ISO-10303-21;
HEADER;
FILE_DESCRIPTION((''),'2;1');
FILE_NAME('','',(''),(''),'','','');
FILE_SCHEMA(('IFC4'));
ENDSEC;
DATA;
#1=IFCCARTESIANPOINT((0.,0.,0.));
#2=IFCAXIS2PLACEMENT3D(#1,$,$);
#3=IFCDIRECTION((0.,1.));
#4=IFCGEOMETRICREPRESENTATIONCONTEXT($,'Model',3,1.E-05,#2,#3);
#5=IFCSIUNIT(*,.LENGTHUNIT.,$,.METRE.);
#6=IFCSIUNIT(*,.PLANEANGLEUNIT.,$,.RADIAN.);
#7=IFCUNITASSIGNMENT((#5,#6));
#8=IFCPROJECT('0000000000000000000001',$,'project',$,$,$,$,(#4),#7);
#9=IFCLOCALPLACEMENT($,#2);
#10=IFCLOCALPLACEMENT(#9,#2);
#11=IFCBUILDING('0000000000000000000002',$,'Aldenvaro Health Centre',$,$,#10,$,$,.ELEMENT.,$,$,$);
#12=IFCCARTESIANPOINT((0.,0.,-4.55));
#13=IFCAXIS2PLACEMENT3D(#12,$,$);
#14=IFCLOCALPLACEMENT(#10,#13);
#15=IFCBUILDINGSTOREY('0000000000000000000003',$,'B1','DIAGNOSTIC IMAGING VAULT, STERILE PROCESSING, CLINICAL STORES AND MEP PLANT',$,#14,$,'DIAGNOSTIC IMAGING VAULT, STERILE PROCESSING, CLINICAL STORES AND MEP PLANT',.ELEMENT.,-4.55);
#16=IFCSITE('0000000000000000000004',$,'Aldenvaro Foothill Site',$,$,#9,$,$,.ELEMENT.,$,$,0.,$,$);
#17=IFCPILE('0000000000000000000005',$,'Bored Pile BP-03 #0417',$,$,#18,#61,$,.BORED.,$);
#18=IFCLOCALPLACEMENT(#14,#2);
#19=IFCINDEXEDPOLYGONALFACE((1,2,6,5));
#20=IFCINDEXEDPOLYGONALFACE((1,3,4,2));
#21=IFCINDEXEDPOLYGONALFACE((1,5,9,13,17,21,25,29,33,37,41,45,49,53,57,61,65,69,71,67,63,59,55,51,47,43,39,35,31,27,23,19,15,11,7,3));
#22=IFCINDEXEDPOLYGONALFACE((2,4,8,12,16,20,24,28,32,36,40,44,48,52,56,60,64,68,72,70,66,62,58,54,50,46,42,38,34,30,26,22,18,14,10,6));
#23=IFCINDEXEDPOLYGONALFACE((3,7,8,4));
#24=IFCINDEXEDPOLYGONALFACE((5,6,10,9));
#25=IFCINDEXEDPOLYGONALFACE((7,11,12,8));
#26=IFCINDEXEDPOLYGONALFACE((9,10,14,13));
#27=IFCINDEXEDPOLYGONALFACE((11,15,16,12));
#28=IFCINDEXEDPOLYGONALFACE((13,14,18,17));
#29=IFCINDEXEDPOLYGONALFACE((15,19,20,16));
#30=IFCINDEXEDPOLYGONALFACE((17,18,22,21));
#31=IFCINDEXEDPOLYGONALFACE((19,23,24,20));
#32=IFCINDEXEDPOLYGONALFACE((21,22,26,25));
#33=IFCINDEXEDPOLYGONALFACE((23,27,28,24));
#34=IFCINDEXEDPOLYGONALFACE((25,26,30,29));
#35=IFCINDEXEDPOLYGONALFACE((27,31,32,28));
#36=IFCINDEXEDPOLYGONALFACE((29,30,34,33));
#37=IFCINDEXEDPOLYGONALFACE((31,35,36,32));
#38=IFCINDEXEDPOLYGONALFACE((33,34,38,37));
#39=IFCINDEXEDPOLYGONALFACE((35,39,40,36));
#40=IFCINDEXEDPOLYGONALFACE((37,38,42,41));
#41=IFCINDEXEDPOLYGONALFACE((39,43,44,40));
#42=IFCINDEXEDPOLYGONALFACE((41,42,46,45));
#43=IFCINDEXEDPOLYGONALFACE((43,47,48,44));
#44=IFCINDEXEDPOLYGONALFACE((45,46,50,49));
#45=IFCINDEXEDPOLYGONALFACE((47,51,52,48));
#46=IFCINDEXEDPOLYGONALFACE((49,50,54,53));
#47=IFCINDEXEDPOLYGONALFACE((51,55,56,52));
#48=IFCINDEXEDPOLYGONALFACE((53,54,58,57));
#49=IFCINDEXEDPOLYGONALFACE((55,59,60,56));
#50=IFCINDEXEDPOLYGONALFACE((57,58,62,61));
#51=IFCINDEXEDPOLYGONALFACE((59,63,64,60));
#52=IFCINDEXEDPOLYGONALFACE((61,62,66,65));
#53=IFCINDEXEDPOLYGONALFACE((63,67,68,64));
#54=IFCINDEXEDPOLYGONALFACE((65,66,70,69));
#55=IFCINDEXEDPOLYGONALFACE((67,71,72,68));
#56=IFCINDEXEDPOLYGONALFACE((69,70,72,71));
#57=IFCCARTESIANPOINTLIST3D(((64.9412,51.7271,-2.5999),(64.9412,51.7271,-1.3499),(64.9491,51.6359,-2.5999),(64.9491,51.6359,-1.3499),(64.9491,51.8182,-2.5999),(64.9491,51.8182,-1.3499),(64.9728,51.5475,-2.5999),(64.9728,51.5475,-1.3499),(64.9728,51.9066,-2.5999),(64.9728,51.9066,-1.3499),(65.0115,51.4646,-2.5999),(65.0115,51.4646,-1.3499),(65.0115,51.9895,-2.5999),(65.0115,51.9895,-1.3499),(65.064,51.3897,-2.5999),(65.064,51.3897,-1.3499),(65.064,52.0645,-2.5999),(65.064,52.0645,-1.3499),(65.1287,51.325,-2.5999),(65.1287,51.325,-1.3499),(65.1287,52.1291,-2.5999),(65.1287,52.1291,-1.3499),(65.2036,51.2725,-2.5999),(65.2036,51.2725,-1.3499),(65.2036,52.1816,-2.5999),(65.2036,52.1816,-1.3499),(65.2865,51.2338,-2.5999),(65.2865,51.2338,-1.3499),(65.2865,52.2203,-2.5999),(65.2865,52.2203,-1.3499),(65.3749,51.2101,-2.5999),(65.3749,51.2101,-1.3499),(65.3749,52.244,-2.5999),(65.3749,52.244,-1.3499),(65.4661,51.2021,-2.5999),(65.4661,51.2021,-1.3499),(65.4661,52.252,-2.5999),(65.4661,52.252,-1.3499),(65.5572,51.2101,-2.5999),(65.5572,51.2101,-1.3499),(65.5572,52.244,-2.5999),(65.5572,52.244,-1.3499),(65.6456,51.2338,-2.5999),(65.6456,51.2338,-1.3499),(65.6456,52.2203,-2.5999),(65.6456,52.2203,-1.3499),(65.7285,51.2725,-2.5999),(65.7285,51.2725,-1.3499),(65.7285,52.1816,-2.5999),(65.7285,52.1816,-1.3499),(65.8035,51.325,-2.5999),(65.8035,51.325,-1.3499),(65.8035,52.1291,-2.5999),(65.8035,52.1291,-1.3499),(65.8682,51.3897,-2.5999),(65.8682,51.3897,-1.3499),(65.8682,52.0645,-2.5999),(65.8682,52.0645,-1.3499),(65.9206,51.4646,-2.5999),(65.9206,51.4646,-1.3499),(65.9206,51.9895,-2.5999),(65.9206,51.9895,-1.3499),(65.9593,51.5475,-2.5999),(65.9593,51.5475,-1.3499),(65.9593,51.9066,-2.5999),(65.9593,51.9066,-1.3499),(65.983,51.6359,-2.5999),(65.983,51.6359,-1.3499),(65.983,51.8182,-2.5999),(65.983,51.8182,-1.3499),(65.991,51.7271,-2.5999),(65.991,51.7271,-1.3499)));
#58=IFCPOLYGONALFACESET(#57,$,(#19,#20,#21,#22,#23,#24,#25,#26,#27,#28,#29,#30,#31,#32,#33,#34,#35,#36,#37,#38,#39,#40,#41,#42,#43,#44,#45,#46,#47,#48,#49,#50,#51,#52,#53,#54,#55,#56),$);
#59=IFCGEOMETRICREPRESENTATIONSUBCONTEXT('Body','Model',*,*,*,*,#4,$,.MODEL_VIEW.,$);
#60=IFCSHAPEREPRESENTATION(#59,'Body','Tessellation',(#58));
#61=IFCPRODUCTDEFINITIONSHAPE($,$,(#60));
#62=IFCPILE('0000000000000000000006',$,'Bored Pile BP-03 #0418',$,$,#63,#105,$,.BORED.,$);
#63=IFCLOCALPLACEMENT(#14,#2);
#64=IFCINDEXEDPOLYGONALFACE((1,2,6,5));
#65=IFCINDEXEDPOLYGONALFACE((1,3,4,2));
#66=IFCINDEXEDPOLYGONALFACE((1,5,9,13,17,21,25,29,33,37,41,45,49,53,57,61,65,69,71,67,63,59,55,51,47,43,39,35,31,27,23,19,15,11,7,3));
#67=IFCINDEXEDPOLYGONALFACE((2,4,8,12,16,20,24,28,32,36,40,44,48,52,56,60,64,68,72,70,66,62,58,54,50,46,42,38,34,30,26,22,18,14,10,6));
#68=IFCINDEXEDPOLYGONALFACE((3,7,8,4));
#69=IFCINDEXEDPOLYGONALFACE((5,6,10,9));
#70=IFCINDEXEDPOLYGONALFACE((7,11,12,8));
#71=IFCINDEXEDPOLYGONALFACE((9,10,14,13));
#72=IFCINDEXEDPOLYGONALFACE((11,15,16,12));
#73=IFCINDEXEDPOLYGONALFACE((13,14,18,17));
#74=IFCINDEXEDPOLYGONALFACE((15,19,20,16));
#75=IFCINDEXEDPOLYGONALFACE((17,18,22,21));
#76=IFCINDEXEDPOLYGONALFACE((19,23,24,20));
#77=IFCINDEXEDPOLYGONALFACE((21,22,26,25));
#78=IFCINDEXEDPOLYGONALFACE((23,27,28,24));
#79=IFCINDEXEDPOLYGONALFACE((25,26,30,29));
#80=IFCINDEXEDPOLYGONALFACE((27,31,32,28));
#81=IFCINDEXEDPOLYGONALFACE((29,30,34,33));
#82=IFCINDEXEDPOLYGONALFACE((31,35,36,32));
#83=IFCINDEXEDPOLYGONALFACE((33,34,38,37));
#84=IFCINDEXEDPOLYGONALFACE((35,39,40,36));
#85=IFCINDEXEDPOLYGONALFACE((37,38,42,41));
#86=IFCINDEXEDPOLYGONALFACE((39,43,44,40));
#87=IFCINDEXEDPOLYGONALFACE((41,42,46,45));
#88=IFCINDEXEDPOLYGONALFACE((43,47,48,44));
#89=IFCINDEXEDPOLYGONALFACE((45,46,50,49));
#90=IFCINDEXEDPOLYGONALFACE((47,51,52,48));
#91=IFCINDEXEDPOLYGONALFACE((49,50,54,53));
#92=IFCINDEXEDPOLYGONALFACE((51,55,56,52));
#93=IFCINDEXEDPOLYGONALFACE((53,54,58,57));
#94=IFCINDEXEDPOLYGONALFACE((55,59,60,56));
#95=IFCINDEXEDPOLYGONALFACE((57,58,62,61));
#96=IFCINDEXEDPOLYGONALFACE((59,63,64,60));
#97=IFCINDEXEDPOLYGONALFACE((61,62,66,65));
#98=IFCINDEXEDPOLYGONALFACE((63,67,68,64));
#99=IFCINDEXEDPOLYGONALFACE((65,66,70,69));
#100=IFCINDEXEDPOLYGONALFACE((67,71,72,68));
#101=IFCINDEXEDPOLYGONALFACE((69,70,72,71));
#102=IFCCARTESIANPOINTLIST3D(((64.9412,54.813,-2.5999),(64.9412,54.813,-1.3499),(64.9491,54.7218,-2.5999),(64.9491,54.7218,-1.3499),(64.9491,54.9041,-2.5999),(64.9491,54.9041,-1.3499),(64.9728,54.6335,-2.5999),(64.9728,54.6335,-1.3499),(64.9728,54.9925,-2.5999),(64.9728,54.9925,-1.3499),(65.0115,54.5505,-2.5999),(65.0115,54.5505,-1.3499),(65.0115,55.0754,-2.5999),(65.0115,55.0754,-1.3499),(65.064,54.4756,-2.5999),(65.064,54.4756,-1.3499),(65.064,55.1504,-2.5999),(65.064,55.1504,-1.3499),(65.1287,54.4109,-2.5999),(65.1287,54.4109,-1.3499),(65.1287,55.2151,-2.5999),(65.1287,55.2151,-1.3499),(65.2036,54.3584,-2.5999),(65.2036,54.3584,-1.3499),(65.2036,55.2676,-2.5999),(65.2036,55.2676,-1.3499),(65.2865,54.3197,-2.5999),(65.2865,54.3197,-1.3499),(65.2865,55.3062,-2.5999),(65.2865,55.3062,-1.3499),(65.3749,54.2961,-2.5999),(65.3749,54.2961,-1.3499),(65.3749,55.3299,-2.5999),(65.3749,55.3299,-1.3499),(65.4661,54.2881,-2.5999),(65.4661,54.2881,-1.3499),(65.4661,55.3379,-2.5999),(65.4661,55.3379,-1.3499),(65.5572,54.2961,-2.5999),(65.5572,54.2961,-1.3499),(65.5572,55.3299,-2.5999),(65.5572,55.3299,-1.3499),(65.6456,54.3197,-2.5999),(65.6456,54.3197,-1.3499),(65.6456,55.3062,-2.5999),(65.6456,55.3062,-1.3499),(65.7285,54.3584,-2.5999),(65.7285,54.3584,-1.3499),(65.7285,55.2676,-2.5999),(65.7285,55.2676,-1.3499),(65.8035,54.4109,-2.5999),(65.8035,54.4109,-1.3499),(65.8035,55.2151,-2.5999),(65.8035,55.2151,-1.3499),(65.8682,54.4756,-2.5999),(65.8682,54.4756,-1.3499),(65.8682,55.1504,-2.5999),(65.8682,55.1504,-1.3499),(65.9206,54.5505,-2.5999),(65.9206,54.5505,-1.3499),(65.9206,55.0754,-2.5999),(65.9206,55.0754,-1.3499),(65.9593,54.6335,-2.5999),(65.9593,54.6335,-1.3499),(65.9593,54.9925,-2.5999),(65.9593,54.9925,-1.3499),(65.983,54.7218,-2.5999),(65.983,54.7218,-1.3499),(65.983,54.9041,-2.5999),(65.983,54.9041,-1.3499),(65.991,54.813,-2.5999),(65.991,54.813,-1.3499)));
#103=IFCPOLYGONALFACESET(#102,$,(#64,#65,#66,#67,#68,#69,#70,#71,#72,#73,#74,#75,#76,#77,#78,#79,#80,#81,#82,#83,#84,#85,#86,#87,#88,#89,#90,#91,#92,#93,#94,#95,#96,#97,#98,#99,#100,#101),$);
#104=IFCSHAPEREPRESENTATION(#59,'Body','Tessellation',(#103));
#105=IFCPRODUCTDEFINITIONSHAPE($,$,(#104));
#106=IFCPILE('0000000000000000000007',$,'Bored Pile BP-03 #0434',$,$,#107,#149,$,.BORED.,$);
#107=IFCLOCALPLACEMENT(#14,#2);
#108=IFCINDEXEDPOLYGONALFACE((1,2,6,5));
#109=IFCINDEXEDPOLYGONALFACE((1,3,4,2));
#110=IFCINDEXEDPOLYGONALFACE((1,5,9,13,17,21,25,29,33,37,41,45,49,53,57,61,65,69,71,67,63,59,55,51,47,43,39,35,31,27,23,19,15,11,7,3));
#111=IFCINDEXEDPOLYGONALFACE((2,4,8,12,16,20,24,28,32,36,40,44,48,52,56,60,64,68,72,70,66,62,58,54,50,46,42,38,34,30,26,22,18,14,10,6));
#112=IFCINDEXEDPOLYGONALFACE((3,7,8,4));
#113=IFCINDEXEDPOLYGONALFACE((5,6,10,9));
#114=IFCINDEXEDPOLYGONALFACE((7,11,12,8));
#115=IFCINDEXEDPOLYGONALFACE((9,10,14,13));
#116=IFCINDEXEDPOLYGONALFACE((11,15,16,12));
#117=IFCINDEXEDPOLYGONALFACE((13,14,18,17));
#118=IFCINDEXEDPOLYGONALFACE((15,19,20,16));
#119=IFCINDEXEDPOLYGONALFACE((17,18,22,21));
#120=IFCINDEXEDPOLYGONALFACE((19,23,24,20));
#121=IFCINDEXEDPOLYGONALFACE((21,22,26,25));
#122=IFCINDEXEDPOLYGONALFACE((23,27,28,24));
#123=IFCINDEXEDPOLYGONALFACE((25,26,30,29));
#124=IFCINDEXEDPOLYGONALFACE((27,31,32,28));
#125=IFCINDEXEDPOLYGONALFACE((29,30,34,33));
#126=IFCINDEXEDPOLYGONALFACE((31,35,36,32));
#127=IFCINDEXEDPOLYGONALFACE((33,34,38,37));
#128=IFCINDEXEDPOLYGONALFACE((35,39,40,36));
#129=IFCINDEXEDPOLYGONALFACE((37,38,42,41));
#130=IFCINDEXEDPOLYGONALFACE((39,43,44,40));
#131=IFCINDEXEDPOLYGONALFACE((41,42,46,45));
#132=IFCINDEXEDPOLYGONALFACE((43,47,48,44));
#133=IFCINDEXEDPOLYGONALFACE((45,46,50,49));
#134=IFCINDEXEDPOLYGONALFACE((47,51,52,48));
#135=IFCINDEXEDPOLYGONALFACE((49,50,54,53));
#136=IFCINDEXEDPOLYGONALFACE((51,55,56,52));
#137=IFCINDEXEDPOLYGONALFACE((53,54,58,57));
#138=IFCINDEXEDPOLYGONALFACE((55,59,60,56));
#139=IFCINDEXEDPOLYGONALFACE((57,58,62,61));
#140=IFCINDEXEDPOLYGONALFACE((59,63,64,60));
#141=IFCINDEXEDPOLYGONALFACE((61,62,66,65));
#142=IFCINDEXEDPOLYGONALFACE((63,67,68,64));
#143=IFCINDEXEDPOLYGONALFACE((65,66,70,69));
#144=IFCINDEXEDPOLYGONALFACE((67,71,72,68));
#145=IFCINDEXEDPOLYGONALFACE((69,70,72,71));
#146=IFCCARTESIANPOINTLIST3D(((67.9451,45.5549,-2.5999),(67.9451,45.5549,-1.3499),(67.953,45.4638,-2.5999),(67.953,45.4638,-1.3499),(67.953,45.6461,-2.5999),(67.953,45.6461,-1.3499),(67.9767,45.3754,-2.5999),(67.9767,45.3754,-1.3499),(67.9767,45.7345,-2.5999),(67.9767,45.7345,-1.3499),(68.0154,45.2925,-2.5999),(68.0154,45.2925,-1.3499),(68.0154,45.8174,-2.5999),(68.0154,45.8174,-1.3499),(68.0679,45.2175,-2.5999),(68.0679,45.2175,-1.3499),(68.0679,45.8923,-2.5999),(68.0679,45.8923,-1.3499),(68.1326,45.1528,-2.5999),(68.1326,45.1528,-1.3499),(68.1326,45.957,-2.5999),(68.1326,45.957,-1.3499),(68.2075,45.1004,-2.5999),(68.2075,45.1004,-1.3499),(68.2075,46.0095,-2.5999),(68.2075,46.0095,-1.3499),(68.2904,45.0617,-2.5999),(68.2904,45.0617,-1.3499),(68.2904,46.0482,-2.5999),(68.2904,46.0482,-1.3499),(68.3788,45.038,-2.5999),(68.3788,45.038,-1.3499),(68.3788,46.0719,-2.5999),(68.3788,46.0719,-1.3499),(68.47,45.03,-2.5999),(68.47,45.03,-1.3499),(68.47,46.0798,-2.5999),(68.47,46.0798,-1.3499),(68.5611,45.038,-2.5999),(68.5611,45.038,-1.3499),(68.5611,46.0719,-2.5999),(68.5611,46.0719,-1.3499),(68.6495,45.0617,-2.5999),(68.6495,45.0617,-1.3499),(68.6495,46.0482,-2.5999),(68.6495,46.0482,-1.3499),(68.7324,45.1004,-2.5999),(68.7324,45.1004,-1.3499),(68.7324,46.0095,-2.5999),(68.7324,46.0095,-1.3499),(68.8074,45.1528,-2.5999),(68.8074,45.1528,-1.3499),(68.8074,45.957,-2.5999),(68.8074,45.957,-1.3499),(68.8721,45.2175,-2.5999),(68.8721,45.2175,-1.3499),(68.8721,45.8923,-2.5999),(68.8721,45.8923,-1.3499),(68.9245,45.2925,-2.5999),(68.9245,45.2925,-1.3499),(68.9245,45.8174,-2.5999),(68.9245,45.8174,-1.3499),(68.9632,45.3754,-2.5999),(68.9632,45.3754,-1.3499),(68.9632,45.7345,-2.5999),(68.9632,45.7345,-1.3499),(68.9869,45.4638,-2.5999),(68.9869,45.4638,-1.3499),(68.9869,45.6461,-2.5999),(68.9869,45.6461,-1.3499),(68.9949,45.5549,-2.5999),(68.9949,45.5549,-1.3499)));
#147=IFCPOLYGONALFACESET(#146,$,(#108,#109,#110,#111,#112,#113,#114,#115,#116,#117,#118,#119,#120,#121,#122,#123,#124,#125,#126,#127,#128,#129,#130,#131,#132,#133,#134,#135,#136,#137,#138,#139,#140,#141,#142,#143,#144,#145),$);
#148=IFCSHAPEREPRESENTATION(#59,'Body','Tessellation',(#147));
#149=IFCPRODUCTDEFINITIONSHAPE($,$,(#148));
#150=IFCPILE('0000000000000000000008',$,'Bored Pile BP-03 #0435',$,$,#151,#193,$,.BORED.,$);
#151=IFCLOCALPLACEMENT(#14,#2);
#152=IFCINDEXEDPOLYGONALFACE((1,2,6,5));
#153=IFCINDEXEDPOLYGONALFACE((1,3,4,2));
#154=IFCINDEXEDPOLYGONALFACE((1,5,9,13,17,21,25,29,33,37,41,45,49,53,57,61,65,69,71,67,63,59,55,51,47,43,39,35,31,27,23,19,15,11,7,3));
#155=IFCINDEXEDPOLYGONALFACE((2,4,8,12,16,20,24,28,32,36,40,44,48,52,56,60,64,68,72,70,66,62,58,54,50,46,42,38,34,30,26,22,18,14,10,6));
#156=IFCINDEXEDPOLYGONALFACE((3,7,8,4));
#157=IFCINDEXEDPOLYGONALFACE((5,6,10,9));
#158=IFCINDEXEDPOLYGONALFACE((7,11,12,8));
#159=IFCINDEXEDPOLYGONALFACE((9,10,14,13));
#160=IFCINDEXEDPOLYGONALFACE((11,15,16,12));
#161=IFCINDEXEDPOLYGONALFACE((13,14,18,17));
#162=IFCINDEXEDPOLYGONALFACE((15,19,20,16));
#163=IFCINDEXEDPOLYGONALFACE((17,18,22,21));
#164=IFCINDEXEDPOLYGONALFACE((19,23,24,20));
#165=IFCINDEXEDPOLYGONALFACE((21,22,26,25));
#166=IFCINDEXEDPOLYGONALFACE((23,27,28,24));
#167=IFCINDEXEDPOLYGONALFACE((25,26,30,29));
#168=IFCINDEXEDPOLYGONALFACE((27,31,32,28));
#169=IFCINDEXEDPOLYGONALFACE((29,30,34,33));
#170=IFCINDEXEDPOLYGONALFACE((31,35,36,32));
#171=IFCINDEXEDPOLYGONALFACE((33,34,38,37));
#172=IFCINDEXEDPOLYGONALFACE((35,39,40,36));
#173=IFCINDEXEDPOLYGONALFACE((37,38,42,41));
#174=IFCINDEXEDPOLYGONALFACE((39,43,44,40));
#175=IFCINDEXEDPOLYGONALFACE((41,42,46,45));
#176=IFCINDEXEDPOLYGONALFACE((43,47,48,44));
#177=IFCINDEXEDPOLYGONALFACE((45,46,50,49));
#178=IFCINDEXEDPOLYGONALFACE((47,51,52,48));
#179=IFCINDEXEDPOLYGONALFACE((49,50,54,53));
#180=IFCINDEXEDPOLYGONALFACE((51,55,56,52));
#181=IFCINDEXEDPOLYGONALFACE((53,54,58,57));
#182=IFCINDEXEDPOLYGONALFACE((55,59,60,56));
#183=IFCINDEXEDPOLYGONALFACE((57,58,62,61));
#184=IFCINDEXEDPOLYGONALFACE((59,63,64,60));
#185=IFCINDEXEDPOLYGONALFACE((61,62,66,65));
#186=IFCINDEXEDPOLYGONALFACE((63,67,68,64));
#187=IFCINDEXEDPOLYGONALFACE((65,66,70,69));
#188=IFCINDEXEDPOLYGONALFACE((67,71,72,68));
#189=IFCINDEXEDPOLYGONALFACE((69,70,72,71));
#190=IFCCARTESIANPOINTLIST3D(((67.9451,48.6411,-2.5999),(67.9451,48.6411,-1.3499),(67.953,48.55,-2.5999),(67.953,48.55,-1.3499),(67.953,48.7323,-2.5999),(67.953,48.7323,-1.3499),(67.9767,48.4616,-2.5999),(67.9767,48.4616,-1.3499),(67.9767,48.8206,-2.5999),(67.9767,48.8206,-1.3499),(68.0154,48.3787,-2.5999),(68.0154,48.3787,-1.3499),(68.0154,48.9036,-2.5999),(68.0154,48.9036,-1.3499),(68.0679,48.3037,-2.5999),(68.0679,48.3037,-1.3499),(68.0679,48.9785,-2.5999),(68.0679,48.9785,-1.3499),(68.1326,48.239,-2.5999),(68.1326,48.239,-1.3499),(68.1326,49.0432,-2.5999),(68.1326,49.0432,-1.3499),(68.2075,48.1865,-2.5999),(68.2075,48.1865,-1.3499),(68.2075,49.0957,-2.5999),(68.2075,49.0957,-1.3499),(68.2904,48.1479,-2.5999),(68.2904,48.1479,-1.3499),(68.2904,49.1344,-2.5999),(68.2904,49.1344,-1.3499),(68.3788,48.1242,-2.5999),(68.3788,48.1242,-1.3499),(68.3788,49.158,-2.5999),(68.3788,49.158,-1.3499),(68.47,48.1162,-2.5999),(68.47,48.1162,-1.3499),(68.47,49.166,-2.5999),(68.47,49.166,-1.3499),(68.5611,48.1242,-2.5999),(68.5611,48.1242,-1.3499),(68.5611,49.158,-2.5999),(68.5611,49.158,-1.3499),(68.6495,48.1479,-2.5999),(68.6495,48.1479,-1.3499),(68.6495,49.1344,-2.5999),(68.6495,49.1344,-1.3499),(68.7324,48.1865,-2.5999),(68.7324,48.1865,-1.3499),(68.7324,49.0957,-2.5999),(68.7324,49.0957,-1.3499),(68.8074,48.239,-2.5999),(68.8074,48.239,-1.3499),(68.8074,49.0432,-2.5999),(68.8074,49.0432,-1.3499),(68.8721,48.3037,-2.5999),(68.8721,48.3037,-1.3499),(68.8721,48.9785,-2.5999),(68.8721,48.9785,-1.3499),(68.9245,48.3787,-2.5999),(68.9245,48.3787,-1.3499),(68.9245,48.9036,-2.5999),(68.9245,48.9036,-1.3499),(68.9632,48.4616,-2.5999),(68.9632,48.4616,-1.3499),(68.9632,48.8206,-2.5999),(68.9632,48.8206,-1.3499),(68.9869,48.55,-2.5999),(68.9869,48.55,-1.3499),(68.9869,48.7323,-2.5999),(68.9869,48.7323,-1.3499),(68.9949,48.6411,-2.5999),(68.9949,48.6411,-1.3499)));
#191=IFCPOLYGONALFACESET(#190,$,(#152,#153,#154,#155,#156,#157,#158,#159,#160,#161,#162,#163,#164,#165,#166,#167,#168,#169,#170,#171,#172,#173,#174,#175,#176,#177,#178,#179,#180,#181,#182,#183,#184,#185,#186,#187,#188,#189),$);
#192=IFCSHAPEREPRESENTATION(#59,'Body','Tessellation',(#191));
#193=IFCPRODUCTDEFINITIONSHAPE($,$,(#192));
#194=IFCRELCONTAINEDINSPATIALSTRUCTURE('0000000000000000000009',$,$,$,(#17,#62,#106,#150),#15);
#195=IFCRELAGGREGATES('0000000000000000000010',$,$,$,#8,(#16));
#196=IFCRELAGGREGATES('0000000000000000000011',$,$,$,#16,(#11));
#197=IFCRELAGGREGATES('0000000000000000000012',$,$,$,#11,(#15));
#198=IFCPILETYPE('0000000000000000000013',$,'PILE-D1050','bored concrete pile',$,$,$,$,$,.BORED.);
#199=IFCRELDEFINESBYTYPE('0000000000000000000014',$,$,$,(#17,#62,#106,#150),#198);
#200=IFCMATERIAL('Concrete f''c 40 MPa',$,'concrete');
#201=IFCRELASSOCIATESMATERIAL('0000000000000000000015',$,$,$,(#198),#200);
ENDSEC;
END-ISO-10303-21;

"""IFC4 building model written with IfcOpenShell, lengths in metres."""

from ifc_helpers import new_model, si_unit, direction, frame, origin, origin_2d, place, context, subcontext, project, spatial, circle, extrude, material, material_profile, profile_set, type_object, element, save


model = new_model("IFC4")

# Units and contexts
model_context = context("Model", 3, precision=1e-05, world=origin(), true_north=direction((0.0, 1.0)))
body_context = subcontext(model_context, "Body", "Model", "MODEL_VIEW")
ifc_project = project(units=[si_unit("LENGTHUNIT", "METRE"), si_unit("PLANEANGLEUNIT", "RADIAN")], contexts=[model_context])

# Site, building, storey
site_placement = place(None, origin())
site = spatial("IfcSite", under=ifc_project, at=site_placement, Name="Aldenvaro Foothill Site", CompositionType="ELEMENT", RefElevation=0.0)
building_placement = place(site_placement, origin())
building = spatial("IfcBuilding", under=site, at=building_placement, Name="Aldenvaro Health Centre", CompositionType="ELEMENT")
storey_placement = place(building_placement, frame((0.0, 0.0, -4.55)))
storey = spatial("IfcBuildingStorey", under=building, at=storey_placement, Name="B1", Description="DIAGNOSTIC IMAGING VAULT, STERILE PROCESSING, CLINICAL STORES AND MEP PLANT", LongName="DIAGNOSTIC IMAGING VAULT, STERILE PROCESSING, CLINICAL STORES AND MEP PLANT", CompositionType="ELEMENT", Elevation=-4.55)

# Piles
ifc_material = material(Name="Concrete f'c 40 MPa", Category="concrete")
ifc_material_profile_1 = material_profile(ifc_material, circle(Radius=0.5249, at=origin_2d()), Name="PILE D1050", Category="concrete")
ifc_profile_set_1 = profile_set([ifc_material_profile_1], Name="Concrete f'c 40 MPa")
pile_type = type_object("IfcPileType", Name="PILE-D1050", Description="bored concrete pile", PredefinedType="BORED", material=ifc_profile_set_1)
for number, where, z_axis, x_axis, name in (
    (1, (65.4661, 51.7271, -1.3499), (0.0, 0.0, -1.0), (1.0, 0.0, 0.0), "Bored Pile BP-03 #0417"),
    (2, (65.4661, 54.813, -1.3499), (0.0, 0.0, -1.0), (1.0, 0.0, 0.0), "Bored Pile BP-03 #0418"),
    (3, (68.47, 45.5549, -1.3499), (0.0, 0.0, -1.0), (1.0, 0.0, 0.0), "Bored Pile BP-03 #0434"),
    (4, (68.47, 48.6411, -1.3499), (0.0, 0.0, -1.0), (1.0, 0.0, 0.0), "Bored Pile BP-03 #0435"),
):
    element("IfcPile", number, at=place(storey_placement, frame(where, z_axis=z_axis, x_axis=x_axis)), inside=storey, type_object=pile_type, Name=name, PredefinedType="BORED", context=body_context, shape_type="SweptSolid", body=[
        extrude(circle(Radius=0.5249, at=origin_2d()), origin(), (0.0, 0.0, 1.0), 1.25),
    ])

save(model, "model.ifc")
